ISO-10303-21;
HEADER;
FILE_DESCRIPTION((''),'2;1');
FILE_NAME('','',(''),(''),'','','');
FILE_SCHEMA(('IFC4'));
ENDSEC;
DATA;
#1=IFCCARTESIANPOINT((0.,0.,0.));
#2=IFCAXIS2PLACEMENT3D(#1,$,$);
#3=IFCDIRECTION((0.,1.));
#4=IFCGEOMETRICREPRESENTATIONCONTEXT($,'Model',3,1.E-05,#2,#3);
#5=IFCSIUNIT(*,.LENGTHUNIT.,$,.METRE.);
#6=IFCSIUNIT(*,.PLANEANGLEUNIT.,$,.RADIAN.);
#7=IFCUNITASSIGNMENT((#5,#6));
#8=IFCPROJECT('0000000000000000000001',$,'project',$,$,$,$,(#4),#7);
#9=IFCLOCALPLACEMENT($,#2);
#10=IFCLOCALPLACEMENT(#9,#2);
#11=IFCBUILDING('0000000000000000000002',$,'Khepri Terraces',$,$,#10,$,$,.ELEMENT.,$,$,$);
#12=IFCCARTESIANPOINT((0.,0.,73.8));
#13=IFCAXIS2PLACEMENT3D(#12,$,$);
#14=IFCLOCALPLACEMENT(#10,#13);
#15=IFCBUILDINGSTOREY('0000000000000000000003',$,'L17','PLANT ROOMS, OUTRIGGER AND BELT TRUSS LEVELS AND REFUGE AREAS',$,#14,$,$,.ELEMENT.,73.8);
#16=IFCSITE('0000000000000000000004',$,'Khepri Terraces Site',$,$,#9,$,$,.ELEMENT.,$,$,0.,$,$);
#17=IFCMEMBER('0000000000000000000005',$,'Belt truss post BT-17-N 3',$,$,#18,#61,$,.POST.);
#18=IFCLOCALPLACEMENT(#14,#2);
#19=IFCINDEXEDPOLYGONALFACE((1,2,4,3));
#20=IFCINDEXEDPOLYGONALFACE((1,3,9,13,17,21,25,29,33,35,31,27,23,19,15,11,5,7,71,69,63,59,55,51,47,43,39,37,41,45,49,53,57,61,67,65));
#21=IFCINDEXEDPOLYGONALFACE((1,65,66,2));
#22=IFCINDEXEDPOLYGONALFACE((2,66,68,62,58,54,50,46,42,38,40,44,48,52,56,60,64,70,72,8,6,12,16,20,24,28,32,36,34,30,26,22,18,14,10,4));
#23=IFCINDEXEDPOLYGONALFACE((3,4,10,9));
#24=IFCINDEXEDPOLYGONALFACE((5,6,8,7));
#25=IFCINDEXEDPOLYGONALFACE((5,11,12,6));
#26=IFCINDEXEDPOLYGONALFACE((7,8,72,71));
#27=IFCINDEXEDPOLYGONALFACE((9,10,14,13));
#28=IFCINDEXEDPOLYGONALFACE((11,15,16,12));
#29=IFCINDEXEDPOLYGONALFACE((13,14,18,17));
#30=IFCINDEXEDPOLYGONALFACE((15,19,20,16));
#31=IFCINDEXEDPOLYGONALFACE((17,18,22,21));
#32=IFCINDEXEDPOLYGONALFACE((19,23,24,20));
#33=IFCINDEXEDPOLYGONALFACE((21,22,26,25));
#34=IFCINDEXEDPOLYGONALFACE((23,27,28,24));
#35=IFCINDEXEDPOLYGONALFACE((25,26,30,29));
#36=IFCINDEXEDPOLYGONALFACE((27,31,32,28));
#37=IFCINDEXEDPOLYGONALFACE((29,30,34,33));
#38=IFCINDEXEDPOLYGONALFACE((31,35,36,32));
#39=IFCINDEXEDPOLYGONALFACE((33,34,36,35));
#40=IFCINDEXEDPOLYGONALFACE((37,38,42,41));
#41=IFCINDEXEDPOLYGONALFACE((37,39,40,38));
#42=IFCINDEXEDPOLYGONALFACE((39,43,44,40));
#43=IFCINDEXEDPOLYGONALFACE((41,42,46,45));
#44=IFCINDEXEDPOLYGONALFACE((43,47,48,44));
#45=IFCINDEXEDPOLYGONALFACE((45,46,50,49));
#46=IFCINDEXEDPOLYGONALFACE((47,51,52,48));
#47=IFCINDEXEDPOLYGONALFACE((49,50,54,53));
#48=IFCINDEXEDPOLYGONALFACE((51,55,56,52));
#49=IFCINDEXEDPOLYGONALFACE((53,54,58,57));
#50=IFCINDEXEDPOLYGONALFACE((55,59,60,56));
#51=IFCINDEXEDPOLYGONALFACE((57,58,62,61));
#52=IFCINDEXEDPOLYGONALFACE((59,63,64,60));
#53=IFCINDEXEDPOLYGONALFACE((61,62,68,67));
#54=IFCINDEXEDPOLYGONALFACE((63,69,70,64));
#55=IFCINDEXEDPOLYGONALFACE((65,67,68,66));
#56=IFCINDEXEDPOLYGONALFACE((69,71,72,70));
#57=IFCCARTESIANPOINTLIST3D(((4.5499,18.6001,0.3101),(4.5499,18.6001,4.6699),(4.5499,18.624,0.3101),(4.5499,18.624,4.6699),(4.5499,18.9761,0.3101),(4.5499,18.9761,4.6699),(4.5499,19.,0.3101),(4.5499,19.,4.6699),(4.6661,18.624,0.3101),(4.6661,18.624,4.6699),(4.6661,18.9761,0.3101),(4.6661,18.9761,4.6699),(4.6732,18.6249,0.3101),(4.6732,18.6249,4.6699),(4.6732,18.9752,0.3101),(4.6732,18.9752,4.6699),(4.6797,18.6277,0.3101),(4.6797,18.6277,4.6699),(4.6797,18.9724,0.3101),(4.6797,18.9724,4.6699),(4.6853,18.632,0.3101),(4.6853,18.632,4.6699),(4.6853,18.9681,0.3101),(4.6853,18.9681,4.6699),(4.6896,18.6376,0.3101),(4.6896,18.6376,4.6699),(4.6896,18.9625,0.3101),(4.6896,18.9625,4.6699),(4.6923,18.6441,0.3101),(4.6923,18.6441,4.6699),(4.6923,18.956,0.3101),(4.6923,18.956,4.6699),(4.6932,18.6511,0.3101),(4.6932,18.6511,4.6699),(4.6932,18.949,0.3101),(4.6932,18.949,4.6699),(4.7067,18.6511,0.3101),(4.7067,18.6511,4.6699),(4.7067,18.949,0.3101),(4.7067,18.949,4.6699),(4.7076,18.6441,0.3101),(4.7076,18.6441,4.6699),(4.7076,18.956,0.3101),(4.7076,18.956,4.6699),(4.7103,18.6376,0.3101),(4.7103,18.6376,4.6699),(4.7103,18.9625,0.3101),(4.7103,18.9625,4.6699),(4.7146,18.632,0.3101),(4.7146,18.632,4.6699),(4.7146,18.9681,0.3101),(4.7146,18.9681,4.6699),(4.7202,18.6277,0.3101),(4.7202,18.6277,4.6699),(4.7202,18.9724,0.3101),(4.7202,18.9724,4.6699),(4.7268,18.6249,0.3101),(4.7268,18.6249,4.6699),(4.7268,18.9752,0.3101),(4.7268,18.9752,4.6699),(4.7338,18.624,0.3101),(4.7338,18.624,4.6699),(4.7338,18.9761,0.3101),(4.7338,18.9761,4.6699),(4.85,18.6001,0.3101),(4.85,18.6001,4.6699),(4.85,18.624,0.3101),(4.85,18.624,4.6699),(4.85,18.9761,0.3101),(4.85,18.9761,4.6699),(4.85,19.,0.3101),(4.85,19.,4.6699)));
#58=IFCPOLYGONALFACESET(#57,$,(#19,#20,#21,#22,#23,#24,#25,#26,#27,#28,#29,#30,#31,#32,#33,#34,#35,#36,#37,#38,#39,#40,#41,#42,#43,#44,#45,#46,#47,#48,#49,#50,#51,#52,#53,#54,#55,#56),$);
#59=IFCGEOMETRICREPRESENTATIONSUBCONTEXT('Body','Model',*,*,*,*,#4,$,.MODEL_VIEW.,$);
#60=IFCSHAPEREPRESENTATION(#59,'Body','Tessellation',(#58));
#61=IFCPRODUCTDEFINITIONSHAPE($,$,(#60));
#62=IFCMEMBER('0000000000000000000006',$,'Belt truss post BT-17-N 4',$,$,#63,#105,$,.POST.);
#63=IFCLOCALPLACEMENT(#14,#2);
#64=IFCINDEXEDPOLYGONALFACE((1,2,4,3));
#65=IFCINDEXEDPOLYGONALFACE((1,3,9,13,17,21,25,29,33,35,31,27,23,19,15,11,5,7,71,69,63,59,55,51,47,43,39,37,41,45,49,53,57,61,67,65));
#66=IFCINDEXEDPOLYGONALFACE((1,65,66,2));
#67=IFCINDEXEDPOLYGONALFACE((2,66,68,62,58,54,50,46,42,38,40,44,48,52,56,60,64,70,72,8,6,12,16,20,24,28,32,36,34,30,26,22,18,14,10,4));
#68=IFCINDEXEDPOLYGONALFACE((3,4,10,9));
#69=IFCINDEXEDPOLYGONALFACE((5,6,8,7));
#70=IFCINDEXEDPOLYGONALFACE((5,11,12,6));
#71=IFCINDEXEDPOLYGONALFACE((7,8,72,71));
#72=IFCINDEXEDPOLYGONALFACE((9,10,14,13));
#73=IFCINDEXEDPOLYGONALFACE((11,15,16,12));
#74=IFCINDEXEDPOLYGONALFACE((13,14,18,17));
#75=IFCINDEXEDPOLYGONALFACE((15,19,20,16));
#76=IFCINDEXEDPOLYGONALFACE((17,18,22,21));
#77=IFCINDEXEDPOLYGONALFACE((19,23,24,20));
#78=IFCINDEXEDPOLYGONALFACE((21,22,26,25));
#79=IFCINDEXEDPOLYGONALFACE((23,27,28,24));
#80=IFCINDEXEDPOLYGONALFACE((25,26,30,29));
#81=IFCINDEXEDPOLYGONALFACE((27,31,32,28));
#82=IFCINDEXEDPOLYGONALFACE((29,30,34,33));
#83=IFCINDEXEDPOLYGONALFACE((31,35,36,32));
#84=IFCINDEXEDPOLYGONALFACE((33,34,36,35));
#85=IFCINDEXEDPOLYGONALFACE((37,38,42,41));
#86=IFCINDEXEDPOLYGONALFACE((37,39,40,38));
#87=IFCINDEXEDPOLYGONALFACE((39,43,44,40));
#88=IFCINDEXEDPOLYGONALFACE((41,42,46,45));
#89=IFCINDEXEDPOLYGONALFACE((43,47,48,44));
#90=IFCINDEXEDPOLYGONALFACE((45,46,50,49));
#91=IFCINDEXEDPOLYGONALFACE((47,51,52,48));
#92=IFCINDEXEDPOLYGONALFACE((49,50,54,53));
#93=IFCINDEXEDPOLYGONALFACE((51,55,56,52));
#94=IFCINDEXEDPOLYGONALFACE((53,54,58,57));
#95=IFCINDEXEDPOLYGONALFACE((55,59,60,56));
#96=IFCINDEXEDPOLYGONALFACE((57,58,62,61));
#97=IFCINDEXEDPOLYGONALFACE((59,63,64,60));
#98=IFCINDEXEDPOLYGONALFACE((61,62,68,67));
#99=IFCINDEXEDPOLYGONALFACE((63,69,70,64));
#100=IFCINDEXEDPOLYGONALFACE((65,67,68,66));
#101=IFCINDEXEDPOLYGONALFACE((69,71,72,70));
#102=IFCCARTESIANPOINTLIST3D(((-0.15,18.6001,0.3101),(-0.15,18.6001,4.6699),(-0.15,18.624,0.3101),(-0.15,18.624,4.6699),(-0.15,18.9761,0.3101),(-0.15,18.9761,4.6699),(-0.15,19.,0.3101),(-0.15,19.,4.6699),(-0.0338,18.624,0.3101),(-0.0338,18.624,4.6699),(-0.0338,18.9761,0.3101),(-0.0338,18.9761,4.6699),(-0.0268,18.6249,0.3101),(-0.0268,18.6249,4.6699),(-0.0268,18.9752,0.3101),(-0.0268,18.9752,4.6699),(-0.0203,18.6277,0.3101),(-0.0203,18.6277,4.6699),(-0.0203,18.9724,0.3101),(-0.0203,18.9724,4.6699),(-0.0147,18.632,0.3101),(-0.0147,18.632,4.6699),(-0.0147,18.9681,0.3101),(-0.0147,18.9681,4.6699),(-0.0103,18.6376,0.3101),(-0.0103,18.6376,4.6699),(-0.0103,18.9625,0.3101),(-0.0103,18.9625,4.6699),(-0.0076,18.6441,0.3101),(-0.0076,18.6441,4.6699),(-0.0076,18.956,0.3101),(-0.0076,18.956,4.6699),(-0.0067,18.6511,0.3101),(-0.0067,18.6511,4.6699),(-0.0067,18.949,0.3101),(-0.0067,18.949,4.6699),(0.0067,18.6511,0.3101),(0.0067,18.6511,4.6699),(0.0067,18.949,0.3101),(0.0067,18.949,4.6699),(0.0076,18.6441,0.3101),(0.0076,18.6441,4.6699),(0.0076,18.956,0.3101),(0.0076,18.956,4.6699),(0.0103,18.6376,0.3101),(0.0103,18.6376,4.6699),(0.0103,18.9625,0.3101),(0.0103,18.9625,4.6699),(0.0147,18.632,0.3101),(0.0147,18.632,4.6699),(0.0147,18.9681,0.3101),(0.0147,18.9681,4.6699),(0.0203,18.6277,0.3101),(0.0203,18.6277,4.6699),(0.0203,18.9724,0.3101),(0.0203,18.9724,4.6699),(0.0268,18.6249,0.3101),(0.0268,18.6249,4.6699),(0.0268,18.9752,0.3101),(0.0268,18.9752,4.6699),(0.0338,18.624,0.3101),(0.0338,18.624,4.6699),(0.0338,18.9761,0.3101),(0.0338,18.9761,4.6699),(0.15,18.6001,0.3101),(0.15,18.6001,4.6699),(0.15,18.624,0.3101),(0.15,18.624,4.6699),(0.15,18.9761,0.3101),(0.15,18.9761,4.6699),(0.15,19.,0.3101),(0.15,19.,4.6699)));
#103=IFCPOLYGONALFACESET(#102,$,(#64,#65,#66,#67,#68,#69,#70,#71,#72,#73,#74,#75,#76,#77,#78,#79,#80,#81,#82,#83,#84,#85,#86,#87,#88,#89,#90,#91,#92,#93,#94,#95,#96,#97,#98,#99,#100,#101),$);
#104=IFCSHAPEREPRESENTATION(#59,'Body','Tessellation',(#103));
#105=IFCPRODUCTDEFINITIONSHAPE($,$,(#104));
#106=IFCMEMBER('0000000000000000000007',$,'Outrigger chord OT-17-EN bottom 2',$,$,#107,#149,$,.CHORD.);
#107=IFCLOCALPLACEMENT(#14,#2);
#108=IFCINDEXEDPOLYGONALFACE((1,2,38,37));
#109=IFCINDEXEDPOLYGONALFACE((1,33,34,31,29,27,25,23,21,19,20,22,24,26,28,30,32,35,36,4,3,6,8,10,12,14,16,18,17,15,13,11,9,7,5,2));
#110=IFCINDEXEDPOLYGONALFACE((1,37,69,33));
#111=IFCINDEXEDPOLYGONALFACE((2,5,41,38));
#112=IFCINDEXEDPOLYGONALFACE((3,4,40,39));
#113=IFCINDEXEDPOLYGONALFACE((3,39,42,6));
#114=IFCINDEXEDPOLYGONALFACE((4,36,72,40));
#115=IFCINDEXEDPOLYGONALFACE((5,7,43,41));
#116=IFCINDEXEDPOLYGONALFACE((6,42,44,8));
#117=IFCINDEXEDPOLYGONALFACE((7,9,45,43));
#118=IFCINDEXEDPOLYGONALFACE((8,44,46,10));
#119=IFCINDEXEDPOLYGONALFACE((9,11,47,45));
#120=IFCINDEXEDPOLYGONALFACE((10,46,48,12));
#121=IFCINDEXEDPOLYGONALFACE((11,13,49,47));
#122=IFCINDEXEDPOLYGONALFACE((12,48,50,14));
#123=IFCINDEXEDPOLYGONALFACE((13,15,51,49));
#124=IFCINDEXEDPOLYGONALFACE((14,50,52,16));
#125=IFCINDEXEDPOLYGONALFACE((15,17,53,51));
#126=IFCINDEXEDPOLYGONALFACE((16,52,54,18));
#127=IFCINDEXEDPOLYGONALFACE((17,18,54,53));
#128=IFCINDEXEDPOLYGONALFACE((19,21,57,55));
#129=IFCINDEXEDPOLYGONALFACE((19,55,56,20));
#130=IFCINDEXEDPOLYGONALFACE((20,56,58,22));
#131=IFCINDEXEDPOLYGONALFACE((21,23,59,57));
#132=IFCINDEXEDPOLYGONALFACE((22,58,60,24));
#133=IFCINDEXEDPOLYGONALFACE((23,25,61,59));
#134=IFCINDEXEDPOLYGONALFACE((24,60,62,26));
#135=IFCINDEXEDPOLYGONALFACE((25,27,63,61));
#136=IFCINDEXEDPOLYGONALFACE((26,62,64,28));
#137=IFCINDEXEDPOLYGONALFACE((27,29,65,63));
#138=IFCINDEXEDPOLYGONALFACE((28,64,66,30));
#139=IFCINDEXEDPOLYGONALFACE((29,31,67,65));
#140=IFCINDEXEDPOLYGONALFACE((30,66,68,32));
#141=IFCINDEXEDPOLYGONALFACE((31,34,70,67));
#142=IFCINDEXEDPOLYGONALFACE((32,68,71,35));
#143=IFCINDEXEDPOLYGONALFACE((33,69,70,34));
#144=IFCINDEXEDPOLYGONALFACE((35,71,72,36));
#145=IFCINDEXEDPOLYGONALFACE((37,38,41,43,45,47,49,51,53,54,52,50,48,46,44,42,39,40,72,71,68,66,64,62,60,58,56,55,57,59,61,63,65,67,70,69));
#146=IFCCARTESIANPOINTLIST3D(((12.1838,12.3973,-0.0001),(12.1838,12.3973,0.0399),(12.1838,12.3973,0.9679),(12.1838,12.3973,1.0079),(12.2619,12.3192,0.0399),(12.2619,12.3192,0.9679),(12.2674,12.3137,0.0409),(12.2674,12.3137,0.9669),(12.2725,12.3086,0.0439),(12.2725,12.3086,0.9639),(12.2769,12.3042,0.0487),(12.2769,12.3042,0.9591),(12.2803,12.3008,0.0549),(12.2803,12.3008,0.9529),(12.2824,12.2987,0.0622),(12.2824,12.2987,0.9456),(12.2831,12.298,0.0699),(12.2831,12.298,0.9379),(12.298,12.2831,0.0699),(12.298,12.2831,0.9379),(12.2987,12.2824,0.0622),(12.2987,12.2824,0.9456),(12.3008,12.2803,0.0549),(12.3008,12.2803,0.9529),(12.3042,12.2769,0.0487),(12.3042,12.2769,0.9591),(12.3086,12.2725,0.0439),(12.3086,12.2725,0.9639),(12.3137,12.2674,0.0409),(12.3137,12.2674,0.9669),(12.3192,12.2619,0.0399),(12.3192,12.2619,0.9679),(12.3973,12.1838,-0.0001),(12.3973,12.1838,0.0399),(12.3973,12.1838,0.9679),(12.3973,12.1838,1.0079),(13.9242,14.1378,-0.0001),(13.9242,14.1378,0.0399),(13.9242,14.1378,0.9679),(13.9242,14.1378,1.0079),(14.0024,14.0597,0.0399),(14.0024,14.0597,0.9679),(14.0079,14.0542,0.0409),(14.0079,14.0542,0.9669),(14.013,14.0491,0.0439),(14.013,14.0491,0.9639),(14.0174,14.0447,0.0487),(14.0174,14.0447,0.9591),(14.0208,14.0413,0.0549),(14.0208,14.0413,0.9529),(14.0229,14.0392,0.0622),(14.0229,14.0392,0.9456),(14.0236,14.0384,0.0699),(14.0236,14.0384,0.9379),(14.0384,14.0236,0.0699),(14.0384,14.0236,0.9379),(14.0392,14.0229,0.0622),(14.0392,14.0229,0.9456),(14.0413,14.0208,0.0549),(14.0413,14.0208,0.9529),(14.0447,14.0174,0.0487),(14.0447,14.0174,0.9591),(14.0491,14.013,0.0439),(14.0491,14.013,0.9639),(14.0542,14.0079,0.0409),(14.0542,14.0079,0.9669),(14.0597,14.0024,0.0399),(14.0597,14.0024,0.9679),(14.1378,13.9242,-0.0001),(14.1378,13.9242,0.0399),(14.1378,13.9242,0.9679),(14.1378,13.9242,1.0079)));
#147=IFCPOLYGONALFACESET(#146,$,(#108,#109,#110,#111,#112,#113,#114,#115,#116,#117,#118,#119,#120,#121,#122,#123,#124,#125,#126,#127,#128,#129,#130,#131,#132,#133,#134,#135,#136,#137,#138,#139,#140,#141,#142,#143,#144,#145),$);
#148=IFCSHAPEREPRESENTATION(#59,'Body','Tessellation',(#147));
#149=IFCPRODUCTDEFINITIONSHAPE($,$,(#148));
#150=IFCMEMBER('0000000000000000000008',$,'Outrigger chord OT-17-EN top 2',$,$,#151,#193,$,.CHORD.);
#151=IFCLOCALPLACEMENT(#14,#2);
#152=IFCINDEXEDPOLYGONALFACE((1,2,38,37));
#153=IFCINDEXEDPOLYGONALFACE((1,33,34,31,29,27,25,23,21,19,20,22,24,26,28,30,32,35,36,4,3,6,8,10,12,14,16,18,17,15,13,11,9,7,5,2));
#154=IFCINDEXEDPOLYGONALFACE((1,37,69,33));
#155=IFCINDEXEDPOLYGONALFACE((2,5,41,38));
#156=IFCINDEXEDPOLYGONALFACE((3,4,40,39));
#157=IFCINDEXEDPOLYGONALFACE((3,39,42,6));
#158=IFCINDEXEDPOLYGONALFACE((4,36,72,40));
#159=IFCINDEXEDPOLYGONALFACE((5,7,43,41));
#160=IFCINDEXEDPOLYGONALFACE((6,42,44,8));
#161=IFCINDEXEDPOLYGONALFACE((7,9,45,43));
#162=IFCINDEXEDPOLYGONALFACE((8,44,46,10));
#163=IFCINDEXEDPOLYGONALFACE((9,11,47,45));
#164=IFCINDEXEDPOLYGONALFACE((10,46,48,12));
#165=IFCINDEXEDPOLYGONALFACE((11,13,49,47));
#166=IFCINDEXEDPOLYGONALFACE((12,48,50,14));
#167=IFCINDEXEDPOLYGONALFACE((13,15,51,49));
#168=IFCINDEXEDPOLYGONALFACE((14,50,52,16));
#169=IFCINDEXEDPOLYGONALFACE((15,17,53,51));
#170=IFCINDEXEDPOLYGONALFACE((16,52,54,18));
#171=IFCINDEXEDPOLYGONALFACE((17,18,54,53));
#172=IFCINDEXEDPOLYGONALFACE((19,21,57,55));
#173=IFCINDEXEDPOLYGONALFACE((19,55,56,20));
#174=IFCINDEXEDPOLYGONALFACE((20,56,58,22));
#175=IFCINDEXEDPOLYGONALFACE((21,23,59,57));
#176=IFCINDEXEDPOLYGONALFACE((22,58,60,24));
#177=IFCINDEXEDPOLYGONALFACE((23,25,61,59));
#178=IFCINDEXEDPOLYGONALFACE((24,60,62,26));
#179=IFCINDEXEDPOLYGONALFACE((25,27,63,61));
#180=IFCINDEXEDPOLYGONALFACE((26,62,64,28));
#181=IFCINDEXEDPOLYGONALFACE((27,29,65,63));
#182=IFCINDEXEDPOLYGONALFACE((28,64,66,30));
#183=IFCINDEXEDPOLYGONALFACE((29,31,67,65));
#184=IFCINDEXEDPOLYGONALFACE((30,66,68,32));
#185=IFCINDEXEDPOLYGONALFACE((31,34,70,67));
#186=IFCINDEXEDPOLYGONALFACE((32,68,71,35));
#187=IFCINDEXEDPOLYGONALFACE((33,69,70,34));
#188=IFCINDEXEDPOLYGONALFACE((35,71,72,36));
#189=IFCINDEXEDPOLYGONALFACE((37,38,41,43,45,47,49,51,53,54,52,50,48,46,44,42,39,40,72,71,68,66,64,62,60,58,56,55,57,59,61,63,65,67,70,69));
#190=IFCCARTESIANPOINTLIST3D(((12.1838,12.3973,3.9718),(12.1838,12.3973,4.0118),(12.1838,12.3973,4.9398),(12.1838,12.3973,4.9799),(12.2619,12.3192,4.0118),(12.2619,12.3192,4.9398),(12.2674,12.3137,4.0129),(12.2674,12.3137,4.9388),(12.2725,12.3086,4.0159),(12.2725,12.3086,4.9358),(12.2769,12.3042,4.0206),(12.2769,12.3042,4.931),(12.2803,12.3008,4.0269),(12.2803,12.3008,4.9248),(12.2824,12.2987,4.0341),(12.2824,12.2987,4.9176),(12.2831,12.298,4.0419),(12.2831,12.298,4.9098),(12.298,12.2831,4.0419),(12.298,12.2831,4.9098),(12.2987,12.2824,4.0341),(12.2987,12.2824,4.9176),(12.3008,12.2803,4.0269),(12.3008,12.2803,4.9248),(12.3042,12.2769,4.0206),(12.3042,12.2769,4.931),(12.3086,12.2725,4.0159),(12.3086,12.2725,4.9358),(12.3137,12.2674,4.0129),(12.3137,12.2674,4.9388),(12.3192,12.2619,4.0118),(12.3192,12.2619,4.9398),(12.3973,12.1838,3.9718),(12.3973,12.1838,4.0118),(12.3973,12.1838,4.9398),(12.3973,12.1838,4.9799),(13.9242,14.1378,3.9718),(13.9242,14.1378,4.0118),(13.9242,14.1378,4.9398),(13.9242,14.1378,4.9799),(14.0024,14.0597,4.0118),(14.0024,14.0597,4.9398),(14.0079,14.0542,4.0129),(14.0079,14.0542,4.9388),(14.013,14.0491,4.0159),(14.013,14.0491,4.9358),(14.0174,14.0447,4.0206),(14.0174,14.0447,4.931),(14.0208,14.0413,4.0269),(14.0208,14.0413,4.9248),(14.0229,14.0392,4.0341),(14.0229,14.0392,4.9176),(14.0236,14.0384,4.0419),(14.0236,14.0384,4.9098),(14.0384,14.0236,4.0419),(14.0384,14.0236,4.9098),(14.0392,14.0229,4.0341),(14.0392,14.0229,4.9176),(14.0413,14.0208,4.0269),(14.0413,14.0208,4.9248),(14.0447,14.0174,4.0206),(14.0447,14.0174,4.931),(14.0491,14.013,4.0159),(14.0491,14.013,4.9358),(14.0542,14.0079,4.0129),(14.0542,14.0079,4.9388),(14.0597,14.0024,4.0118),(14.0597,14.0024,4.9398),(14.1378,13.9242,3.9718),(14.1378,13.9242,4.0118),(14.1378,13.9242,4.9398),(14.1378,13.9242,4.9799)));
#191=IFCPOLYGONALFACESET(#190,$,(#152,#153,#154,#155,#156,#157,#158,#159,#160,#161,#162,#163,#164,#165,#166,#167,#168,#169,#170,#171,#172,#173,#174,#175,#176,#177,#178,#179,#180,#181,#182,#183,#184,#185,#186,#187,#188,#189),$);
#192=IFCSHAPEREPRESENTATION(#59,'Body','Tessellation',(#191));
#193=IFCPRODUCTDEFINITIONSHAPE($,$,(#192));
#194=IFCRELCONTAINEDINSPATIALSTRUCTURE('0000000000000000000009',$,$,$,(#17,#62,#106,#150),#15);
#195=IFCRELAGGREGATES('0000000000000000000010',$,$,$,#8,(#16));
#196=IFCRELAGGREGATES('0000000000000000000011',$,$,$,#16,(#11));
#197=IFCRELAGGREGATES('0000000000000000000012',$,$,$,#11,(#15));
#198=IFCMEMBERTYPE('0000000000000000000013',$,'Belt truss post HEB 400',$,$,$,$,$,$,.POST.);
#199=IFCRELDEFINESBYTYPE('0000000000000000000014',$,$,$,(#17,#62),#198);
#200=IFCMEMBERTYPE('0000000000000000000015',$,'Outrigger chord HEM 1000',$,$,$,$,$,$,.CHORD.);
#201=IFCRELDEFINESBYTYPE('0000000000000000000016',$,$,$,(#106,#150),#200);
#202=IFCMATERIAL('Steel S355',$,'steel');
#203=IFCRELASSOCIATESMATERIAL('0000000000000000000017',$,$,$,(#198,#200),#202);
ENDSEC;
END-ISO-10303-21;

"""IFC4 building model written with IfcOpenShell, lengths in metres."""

from ifc_helpers import new_model, si_unit, direction, frame, origin, origin_2d, place, context, subcontext, project, spatial, i_section, extrude, material, material_profile, profile_set, type_object, element, save


model = new_model("IFC4")

# Units and contexts
model_context = context("Model", 3, precision=1e-05, world=origin(), true_north=direction((0.0, 1.0)))
body_context = subcontext(model_context, "Body", "Model", "MODEL_VIEW")
ifc_project = project(units=[si_unit("LENGTHUNIT", "METRE"), si_unit("PLANEANGLEUNIT", "RADIAN")], contexts=[model_context])

# Site, building, storey
site_placement = place(None, origin())
site = spatial("IfcSite", under=ifc_project, at=site_placement, Name="Khepri Terraces Site", CompositionType="ELEMENT", RefElevation=0.0)
building_placement = place(site_placement, origin())
building = spatial("IfcBuilding", under=site, at=building_placement, Name="Khepri Terraces", CompositionType="ELEMENT")
storey_placement = place(building_placement, frame((0.0, 0.0, 73.8)))
storey = spatial("IfcBuildingStorey", under=building, at=storey_placement, Name="L17", Description="PLANT ROOMS, OUTRIGGER AND BELT TRUSS LEVELS AND REFUGE AREAS", CompositionType="ELEMENT", Elevation=73.8)

# Members
ifc_material_1 = material(Name="Steel S355", Category="steel")
ifc_material_profile_1 = material_profile(ifc_material_1, i_section(OverallWidth=0.3, OverallDepth=0.3999, WebThickness=0.0134, FlangeThickness=0.0239, FilletRadius=0.0271, at=origin_2d()), Name="Steel S355", Category="steel")
ifc_profile_set_1 = profile_set([ifc_material_profile_1], Name="Steel S355")
member_type_1 = type_object("IfcMemberType", Name="Belt truss post HEB 400", PredefinedType="POST", material=ifc_profile_set_1)
for number, where, z_axis, x_axis, name in (
    (1, (4.7, 18.8, 0.3101), (0.0, 0.0, 1.0), (1.0, 0.0, 0.0), "Belt truss post BT-17-N 3"),
    (2, (0.0, 18.8, 0.3101), (0.0, 0.0, 1.0), (1.0, 0.0, 0.0), "Belt truss post BT-17-N 4"),
):
    element("IfcMember", number, at=place(storey_placement, frame(where, z_axis=z_axis, x_axis=x_axis)), inside=storey, type_object=member_type_1, Name=name, PredefinedType="POST", context=body_context, shape_type="SweptSolid", body=[
        extrude(i_section(OverallWidth=0.3, OverallDepth=0.3999, WebThickness=0.0134, FlangeThickness=0.0239, FilletRadius=0.0271, at=origin_2d()), origin(), (0.0, 0.0, 1.0), 4.3599),
    ])
ifc_material_profile_2 = material_profile(ifc_material_1, i_section(OverallWidth=0.302, OverallDepth=1.0081, WebThickness=0.021, FlangeThickness=0.04, FilletRadius=0.03, at=origin_2d()), Name="Steel S355", Category="steel")
ifc_profile_set_2 = profile_set([ifc_material_profile_2], Name="Steel S355")
member_type_2 = type_object("IfcMemberType", Name="Outrigger chord HEM 1000", PredefinedType="CHORD", material=ifc_profile_set_2)
for number, where, z_axis, x_axis, name in (
    (3, (12.2905, 12.2905, 0.5039), (0.707107, 0.707107, 0.0), (-0.707107, 0.707107, 0.0), "Outrigger chord OT-17-EN bottom 2"),
    (4, (12.2905, 12.2905, 4.4758), (0.707107, 0.707107, 0.0), (-0.707107, 0.707107, 0.0), "Outrigger chord OT-17-EN top 2"),
):
    element("IfcMember", number, at=place(storey_placement, frame(where, z_axis=z_axis, x_axis=x_axis)), inside=storey, type_object=member_type_2, Name=name, PredefinedType="CHORD", context=body_context, shape_type="SweptSolid", body=[
        extrude(i_section(OverallWidth=0.302, OverallDepth=1.0081, WebThickness=0.021, FlangeThickness=0.04, FilletRadius=0.03, at=origin_2d()), origin(), (0.0, 0.0, 1.0), 2.4614),
    ])

save(model, "model.ifc")
